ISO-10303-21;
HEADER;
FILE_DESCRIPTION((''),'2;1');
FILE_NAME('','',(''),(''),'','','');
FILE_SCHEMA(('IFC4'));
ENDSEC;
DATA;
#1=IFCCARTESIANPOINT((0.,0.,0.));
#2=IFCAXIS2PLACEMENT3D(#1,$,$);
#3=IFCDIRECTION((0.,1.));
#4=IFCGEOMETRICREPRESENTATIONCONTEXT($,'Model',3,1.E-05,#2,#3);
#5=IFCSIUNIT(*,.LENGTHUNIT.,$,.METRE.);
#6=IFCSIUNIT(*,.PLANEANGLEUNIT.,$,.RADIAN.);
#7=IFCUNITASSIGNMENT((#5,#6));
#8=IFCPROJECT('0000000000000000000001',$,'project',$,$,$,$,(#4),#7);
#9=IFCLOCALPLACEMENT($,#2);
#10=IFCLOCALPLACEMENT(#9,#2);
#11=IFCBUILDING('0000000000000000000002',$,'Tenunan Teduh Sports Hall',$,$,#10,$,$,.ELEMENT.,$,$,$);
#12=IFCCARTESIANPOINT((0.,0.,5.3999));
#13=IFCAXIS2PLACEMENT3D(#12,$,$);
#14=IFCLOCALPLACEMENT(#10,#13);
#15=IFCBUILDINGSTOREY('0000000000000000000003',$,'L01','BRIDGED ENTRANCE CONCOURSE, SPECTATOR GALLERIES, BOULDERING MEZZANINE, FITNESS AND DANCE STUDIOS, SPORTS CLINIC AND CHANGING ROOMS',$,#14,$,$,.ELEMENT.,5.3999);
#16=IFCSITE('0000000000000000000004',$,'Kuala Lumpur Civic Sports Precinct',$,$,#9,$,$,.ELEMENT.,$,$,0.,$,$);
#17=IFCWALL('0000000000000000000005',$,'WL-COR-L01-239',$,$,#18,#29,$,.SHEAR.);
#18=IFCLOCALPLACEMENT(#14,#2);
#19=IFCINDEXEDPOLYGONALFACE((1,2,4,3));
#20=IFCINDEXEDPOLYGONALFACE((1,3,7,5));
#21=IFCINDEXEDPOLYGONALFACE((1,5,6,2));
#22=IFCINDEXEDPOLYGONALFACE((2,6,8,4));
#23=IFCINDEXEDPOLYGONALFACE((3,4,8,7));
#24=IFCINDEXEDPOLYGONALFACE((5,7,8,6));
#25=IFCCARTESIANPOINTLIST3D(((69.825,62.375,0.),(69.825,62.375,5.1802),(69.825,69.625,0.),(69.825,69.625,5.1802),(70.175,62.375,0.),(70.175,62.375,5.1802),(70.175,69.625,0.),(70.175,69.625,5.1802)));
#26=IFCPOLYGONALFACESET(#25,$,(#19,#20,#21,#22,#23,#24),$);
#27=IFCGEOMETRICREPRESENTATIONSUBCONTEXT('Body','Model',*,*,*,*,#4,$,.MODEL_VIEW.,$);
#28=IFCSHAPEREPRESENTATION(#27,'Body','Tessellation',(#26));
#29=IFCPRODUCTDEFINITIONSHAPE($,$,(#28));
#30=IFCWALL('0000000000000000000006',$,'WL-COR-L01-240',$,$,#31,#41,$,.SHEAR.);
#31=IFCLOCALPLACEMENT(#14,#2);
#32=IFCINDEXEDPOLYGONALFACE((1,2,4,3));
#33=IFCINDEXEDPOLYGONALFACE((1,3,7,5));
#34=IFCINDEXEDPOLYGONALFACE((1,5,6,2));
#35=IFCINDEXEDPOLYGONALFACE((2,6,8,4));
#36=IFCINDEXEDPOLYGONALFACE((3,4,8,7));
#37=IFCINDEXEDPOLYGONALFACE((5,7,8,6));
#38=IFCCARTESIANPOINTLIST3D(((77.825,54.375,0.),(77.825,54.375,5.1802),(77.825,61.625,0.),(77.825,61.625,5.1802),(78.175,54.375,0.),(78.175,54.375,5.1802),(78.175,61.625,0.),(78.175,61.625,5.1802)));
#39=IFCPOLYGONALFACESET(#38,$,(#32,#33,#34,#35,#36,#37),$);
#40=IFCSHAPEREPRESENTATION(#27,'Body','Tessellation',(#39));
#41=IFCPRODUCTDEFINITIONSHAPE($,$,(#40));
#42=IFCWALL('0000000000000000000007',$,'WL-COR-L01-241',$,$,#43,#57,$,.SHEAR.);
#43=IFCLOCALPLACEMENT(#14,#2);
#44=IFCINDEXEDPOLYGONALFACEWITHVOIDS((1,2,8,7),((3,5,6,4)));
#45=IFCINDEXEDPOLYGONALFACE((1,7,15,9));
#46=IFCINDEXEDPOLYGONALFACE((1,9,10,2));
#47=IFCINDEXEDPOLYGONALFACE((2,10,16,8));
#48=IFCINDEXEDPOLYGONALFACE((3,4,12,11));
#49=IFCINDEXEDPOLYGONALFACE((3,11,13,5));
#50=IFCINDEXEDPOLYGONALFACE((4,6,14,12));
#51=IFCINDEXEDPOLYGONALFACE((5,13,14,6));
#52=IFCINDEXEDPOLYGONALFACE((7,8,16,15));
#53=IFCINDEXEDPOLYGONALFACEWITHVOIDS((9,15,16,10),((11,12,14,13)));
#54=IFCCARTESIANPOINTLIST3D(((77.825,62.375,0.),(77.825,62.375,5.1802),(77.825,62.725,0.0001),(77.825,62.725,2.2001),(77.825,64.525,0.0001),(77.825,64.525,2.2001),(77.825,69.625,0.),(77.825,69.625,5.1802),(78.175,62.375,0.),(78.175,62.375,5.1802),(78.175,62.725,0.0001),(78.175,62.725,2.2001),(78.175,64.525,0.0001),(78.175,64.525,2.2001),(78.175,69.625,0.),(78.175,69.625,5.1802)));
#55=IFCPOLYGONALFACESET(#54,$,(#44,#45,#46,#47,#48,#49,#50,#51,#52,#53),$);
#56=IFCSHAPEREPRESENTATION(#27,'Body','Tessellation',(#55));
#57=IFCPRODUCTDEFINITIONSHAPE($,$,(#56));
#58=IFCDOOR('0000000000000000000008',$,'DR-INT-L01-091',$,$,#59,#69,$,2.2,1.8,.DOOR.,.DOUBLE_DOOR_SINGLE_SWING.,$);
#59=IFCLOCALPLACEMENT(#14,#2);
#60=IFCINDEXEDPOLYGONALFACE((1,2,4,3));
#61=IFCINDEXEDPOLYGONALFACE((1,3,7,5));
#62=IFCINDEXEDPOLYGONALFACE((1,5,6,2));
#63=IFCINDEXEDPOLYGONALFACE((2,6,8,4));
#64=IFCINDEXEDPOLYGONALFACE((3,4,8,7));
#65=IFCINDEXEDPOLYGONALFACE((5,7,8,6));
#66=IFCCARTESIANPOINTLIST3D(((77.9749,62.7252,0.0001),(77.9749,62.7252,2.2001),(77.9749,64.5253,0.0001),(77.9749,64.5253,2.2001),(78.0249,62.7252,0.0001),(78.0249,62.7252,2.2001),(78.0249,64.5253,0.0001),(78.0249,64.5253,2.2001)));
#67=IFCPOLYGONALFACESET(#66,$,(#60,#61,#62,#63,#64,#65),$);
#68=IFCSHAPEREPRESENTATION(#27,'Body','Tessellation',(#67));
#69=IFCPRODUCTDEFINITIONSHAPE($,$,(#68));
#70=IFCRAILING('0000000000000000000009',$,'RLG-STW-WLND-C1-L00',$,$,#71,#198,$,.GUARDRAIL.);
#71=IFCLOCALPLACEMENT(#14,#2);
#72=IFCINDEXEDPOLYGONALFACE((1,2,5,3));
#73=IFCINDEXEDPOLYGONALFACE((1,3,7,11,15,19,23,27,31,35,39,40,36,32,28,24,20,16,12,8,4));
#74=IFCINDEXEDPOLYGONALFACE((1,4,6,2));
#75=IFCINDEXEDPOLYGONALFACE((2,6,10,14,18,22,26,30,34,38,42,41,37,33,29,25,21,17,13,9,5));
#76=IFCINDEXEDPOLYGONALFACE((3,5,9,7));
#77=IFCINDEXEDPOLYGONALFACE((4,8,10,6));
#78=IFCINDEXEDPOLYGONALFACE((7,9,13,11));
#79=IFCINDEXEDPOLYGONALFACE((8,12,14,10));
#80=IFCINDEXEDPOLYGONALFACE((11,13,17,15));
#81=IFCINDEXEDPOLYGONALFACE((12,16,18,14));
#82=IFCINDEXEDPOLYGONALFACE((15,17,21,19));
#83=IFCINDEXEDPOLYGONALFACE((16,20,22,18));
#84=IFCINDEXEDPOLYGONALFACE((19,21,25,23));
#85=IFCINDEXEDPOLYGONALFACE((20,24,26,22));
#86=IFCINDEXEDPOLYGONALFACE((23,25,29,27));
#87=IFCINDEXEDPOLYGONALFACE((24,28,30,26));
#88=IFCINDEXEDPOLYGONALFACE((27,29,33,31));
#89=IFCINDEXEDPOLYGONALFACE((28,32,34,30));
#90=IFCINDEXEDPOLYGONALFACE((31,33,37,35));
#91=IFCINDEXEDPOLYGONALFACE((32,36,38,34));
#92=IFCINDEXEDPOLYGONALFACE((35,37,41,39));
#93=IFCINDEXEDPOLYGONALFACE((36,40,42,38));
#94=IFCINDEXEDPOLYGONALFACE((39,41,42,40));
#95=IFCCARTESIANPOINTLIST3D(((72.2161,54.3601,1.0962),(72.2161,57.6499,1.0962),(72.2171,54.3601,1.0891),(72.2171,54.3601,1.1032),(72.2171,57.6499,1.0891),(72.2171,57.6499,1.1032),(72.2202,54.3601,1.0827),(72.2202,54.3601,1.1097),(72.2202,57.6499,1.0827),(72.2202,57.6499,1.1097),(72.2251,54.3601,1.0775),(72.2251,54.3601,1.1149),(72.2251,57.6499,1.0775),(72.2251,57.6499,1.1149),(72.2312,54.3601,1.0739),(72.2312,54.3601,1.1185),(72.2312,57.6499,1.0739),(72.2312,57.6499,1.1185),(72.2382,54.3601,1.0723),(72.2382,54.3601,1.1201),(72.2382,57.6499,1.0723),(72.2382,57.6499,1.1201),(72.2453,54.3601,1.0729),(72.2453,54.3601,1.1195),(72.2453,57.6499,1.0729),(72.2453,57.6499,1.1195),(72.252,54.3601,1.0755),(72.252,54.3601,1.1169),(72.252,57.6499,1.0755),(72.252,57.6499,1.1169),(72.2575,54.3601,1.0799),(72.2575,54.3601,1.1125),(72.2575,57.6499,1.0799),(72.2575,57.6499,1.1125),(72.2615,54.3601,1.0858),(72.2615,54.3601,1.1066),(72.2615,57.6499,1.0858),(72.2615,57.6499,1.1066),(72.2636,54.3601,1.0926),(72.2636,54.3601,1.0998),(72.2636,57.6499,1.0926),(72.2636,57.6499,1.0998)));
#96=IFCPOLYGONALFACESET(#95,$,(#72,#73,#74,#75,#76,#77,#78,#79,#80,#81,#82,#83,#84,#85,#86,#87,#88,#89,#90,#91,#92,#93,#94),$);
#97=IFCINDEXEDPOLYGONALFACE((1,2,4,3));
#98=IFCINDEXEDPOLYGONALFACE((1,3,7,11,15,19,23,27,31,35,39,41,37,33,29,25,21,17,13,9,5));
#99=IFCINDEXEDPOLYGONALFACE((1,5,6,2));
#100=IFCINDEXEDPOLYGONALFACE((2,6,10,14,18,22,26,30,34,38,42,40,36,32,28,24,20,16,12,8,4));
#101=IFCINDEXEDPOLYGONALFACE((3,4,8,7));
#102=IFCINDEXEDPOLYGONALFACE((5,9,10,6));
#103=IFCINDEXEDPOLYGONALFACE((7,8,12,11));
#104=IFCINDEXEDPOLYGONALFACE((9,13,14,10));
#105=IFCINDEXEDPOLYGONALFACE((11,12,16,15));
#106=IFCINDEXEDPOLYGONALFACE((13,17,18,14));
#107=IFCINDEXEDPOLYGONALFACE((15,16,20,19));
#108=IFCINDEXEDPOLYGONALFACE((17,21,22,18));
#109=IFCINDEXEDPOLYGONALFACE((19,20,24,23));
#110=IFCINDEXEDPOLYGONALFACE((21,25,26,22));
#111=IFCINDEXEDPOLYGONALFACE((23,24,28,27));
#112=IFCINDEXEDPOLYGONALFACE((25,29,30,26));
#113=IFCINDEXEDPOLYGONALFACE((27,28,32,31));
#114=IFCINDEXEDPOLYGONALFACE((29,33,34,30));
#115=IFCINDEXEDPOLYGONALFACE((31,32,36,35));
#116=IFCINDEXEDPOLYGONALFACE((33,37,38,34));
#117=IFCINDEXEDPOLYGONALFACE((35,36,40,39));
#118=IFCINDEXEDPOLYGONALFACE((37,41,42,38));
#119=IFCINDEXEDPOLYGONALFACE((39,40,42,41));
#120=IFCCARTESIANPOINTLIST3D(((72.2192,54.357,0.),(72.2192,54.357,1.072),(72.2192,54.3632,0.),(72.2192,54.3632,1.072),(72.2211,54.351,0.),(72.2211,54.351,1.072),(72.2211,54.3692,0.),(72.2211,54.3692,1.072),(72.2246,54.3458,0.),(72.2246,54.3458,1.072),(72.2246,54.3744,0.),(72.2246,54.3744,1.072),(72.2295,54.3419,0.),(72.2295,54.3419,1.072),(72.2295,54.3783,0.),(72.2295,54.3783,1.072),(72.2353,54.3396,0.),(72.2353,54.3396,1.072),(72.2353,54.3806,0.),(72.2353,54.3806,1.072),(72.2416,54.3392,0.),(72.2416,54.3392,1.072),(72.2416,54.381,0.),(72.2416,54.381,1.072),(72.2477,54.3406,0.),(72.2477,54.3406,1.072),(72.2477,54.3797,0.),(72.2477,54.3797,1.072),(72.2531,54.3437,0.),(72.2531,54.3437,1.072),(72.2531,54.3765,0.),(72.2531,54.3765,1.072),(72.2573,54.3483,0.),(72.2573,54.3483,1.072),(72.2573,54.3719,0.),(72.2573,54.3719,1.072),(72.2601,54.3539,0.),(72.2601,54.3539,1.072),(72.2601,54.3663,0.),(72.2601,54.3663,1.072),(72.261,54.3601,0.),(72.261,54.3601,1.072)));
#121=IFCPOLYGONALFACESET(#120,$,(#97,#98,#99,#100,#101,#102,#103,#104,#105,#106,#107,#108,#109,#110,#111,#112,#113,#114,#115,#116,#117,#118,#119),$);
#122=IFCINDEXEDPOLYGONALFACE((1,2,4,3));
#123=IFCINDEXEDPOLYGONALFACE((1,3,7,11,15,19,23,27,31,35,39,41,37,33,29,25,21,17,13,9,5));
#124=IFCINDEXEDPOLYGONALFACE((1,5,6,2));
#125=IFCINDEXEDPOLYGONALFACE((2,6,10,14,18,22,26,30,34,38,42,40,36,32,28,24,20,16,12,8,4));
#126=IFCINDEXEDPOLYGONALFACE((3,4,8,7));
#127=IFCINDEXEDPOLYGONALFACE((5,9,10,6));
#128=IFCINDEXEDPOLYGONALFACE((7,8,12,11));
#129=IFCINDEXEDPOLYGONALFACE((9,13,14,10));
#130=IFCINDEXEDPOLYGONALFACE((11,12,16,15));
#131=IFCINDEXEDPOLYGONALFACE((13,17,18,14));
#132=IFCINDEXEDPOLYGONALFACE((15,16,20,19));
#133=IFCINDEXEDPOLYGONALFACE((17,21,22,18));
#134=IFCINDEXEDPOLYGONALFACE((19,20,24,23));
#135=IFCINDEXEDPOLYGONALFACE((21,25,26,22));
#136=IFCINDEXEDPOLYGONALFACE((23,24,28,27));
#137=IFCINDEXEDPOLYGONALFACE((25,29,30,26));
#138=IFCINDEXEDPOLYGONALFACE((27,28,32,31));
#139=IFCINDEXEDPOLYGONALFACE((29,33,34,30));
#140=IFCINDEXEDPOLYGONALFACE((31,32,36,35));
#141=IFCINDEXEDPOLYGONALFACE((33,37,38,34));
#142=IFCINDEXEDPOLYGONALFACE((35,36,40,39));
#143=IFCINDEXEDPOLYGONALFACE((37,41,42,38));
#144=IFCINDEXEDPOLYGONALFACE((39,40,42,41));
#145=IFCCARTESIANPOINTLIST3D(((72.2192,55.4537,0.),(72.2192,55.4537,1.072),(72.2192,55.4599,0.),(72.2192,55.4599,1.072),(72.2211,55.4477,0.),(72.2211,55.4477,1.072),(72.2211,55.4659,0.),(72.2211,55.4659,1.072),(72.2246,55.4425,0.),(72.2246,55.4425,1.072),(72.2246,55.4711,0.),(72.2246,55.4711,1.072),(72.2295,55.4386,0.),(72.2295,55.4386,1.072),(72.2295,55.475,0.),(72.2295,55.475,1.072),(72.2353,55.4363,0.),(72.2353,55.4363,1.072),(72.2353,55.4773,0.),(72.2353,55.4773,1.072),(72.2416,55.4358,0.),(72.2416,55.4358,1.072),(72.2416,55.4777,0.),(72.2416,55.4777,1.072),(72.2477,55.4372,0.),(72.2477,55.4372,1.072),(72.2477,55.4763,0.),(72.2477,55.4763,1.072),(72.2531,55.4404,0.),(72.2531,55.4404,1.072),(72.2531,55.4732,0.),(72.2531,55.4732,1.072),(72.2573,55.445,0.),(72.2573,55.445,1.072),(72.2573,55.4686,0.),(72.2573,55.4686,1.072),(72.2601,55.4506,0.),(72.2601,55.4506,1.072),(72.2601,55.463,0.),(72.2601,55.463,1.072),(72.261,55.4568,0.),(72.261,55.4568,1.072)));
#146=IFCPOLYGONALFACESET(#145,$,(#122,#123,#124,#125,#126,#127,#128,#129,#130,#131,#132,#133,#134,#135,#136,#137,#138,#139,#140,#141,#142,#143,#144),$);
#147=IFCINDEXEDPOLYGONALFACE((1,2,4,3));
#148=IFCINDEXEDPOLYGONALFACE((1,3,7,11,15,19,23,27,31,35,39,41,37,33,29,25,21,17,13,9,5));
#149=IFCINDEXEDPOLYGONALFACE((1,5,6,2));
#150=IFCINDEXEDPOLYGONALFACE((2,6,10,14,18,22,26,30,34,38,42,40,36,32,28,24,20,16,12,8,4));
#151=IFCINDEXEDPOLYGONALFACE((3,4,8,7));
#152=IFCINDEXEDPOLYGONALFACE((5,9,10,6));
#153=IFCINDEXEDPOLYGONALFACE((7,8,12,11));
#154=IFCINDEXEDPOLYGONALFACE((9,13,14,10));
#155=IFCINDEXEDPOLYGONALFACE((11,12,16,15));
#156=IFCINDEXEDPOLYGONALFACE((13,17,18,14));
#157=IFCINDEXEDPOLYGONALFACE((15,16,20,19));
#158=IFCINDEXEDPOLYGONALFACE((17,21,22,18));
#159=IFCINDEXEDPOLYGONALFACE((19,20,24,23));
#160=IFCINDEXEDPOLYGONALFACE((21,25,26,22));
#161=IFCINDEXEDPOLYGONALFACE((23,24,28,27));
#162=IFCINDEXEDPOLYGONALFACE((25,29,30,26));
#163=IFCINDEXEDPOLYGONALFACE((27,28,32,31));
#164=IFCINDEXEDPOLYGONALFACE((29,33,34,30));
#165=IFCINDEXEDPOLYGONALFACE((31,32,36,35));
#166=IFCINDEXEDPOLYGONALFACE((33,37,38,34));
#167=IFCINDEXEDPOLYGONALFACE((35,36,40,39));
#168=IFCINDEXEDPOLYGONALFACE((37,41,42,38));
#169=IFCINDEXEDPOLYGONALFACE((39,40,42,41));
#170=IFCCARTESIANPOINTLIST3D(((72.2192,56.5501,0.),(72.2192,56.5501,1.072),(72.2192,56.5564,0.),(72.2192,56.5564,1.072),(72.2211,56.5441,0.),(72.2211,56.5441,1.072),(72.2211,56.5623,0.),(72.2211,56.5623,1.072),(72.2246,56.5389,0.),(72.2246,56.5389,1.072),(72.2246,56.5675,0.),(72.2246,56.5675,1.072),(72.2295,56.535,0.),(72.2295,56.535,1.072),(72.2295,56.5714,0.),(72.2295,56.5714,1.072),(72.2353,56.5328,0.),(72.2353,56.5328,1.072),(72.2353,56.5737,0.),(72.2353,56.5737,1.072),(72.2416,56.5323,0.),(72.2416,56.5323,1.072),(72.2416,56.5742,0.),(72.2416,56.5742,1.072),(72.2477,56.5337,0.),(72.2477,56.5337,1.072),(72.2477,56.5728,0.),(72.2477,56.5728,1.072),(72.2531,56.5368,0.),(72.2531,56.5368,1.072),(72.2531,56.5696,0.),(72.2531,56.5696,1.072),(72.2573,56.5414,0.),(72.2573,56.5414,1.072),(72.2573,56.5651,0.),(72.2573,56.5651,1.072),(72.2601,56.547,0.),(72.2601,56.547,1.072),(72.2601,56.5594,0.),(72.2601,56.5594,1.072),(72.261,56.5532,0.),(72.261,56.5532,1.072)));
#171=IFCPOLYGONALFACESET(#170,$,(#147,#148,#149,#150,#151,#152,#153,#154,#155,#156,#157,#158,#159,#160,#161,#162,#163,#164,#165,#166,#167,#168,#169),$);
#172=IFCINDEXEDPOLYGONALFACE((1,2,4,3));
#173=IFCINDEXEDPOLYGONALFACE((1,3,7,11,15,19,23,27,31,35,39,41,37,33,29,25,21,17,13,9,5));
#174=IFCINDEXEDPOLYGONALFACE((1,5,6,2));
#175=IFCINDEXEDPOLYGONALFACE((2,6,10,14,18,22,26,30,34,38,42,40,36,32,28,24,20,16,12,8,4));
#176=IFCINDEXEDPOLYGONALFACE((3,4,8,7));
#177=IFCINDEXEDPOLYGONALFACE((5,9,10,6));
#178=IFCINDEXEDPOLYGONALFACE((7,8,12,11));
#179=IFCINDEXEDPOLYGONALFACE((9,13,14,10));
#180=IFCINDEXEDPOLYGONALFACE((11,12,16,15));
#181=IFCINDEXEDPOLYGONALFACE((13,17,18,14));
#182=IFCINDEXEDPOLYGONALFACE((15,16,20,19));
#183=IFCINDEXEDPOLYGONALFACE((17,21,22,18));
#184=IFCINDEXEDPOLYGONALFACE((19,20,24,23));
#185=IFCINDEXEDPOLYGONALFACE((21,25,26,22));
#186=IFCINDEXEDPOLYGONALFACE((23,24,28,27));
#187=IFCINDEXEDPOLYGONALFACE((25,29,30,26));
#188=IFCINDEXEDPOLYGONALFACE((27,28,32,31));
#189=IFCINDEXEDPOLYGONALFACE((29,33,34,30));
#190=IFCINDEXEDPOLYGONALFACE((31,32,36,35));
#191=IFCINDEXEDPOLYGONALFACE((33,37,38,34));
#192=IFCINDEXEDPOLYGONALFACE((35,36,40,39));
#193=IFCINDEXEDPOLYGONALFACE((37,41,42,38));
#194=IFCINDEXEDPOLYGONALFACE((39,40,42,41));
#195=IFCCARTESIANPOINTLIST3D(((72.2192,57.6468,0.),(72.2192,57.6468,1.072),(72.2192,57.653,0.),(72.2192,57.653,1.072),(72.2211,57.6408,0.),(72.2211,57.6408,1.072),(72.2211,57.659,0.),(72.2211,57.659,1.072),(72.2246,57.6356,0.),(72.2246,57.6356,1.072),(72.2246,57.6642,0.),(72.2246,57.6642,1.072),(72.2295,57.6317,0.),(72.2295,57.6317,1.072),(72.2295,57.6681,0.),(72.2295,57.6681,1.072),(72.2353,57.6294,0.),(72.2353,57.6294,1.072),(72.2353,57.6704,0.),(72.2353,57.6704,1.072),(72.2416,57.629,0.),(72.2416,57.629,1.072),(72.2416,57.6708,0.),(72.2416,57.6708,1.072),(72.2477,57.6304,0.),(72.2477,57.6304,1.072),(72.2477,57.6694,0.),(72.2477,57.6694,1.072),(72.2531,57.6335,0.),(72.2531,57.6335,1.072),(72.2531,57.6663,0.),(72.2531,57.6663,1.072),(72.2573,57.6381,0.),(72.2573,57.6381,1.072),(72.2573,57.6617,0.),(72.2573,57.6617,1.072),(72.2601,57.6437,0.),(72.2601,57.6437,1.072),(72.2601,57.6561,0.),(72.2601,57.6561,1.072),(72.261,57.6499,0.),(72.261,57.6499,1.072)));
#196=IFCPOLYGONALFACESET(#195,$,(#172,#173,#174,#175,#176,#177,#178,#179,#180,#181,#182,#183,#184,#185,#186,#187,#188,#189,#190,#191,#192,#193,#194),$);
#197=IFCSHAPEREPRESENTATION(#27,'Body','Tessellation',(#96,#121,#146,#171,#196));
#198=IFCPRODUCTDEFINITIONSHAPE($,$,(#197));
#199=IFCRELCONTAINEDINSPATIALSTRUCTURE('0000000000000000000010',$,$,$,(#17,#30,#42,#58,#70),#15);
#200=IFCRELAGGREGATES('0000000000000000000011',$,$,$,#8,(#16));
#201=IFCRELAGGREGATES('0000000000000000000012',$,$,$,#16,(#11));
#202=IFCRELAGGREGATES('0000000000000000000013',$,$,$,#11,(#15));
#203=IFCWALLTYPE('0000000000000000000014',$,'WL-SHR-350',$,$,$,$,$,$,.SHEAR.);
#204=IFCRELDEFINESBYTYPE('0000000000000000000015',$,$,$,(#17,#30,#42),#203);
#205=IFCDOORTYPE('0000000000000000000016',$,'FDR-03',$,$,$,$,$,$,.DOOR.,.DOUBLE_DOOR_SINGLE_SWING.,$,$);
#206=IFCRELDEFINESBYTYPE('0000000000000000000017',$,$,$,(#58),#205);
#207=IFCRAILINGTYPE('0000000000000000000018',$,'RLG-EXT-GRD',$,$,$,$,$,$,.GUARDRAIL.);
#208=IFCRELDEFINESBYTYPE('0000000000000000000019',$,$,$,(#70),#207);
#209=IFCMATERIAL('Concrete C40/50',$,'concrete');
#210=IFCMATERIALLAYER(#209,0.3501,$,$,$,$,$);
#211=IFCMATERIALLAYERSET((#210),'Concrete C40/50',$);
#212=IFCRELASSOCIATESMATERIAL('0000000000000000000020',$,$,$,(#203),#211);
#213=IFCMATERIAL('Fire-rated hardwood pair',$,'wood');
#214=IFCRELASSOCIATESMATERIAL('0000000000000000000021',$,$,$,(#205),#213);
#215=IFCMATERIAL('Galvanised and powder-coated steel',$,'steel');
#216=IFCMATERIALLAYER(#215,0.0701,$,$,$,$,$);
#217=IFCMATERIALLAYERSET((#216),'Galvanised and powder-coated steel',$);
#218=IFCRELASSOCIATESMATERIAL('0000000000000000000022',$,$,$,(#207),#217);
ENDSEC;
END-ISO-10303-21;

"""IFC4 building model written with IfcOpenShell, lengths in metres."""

from ifc_helpers import new_model, si_unit, direction, frame, frame_2d, origin, origin_2d, place, context, subcontext, project, spatial, rectangle, circle, extrude, material, layer, layer_set, type_object, element, fill, save


model = new_model("IFC4")

# Units and contexts
model_context = context("Model", 3, precision=1e-05, world=origin(), true_north=direction((0.0, 1.0)))
body_context = subcontext(model_context, "Body", "Model", "MODEL_VIEW")
ifc_project = project(units=[si_unit("LENGTHUNIT", "METRE"), si_unit("PLANEANGLEUNIT", "RADIAN")], contexts=[model_context])

# Site, building, storey
site_placement = place(None, origin())
site = spatial("IfcSite", under=ifc_project, at=site_placement, Name="Kuala Lumpur Civic Sports Precinct", CompositionType="ELEMENT", RefElevation=0.0)
building_placement = place(site_placement, origin())
building = spatial("IfcBuilding", under=site, at=building_placement, Name="Tenunan Teduh Sports Hall", CompositionType="ELEMENT")
storey_placement = place(building_placement, frame((0.0, 0.0, 5.3999)))
storey = spatial("IfcBuildingStorey", under=building, at=storey_placement, Name="L01", Description="BRIDGED ENTRANCE CONCOURSE, SPECTATOR GALLERIES, BOULDERING MEZZANINE, FITNESS AND DANCE STUDIOS, SPORTS CLINIC AND CHANGING ROOMS", CompositionType="ELEMENT", Elevation=5.3999)

# Walls
ifc_material_1 = material(Name="Concrete C40/50", Category="concrete")
ifc_layer_1 = layer(ifc_material_1, 0.3501)
ifc_layer_set_1 = layer_set([ifc_layer_1], Name="Concrete C40/50")
wall_type_1 = type_object("IfcWallType", Name="WL-SHR-350", PredefinedType="SHEAR", material=ifc_layer_set_1)
for number, where, z_axis, x_axis, name in (
    (1, (70.0, 62.375, 0.0), (0.0, 0.0, 1.0), (0.0, 1.0, 0.0), "WL-COR-L01-239"),
    (2, (78.0, 54.375, 0.0), (0.0, 0.0, 1.0), (0.0, 1.0, 0.0), "WL-COR-L01-240"),
):
    element("IfcWall", number, at=place(storey_placement, frame(where, z_axis=z_axis, x_axis=x_axis)), inside=storey, type_object=wall_type_1, Name=name, PredefinedType="SHEAR", context=body_context, shape_type="SweptSolid", body=[
        extrude(rectangle(XDim=7.25, YDim=0.3501, at=frame_2d((3.625, 0.0))), origin(), (0.0, 0.0, 1.0), 5.1802),
    ])

# Wall, opening, door
wall_1_placement = place(storey_placement, frame((78.0, 62.375, 0.0), z_axis=(0.0, 0.0, 1.0), x_axis=(0.0, 1.0, 0.0)))
wall_1 = element("IfcWall", 3, at=wall_1_placement, inside=storey, type_object=wall_type_1, Name="WL-COR-L01-241", PredefinedType="SHEAR", context=body_context, shape_type="SweptSolid", body=[
    extrude(rectangle(XDim=7.25, YDim=0.3501, at=frame_2d((3.625, 0.0))), origin(), (0.0, 0.0, 1.0), 5.1802),
])
opening_1_placement = place(wall_1_placement, frame((0.3501, 0.0, 0.0)))
opening_1 = element("IfcOpeningElement", 4, at=opening_1_placement, cuts=wall_1, PredefinedType="OPENING", context=body_context, shape_type="SweptSolid", body=[
    extrude(rectangle(XDim=1.8, YDim=2.2, at=frame_2d((0.8999, 1.1001))), frame((0.0, 0.1851, 0.0), z_axis=(0.0, -1.0, 0.0), x_axis=(1.0, 0.0, 0.0)), (0.0, 0.0, 1.0), 0.3701),
])
ifc_material_2 = material(Name="Fire-rated hardwood pair", Category="wood")
door_type_1 = type_object("IfcDoorType", Name="FDR-03", OperationType="DOUBLE_DOOR_SINGLE_SWING", PredefinedType="DOOR", material=ifc_material_2)
door_1_placement = place(opening_1_placement, frame((1.8, 0.0, 0.0), z_axis=(0.0, 0.0, 1.0), x_axis=(-1.0, 0.0, 0.0)))
door_1 = element("IfcDoor", 5, at=door_1_placement, inside=storey, type_object=door_type_1, Name="DR-INT-L01-091", OperationType="DOUBLE_DOOR_SINGLE_SWING", OverallHeight=2.2, OverallWidth=1.8, PredefinedType="DOOR", context=body_context, shape_type="SweptSolid", body=[
    extrude(rectangle(XDim=1.8, YDim=2.2, at=frame_2d((0.8999, 1.1001))), frame((0.0, 0.0249, 0.0), z_axis=(0.0, -1.0, 0.0), x_axis=(1.0, 0.0, 0.0)), (0.0, 0.0, 1.0), 0.05),
])
fill(opening_1, door_1)

# Railing
ifc_material_3 = material(Name="Galvanised and powder-coated steel", Category="steel")
ifc_layer_2 = layer(ifc_material_3, 0.0701)
ifc_layer_set_2 = layer_set([ifc_layer_2], Name="Galvanised and powder-coated steel")
railing_type = type_object("IfcRailingType", Name="RLG-EXT-GRD", PredefinedType="GUARDRAIL", material=ifc_layer_set_2)
railing_1_placement = place(storey_placement, frame((72.24, 54.3601, 0.0)))
element("IfcRailing", 6, at=railing_1_placement, inside=storey, type_object=railing_type, Name="RLG-STW-WLND-C1-L00", PredefinedType="GUARDRAIL", context=body_context, shape_type="SweptSolid", body=[
    extrude(circle(Radius=0.0239, at=origin_2d()), frame((0.0, 0.0, 1.0962), z_axis=(0.0, 1.0, 0.0), x_axis=(-1.0, 0.0, 0.0)), (0.0, 0.0, 1.0), 3.2898),
    extrude(circle(Radius=0.021, at=origin_2d()), origin(), (0.0, 0.0, 1.0), 1.072),
    extrude(circle(Radius=0.021, at=origin_2d()), frame((0.0, 1.0967, 0.0)), (0.0, 0.0, 1.0), 1.072),
    extrude(circle(Radius=0.021, at=origin_2d()), frame((0.0, 2.1931, 0.0)), (0.0, 0.0, 1.0), 1.072),
    extrude(circle(Radius=0.021, at=origin_2d()), frame((0.0, 3.2898, 0.0)), (0.0, 0.0, 1.0), 1.072),
])

save(model, "model.ifc")
